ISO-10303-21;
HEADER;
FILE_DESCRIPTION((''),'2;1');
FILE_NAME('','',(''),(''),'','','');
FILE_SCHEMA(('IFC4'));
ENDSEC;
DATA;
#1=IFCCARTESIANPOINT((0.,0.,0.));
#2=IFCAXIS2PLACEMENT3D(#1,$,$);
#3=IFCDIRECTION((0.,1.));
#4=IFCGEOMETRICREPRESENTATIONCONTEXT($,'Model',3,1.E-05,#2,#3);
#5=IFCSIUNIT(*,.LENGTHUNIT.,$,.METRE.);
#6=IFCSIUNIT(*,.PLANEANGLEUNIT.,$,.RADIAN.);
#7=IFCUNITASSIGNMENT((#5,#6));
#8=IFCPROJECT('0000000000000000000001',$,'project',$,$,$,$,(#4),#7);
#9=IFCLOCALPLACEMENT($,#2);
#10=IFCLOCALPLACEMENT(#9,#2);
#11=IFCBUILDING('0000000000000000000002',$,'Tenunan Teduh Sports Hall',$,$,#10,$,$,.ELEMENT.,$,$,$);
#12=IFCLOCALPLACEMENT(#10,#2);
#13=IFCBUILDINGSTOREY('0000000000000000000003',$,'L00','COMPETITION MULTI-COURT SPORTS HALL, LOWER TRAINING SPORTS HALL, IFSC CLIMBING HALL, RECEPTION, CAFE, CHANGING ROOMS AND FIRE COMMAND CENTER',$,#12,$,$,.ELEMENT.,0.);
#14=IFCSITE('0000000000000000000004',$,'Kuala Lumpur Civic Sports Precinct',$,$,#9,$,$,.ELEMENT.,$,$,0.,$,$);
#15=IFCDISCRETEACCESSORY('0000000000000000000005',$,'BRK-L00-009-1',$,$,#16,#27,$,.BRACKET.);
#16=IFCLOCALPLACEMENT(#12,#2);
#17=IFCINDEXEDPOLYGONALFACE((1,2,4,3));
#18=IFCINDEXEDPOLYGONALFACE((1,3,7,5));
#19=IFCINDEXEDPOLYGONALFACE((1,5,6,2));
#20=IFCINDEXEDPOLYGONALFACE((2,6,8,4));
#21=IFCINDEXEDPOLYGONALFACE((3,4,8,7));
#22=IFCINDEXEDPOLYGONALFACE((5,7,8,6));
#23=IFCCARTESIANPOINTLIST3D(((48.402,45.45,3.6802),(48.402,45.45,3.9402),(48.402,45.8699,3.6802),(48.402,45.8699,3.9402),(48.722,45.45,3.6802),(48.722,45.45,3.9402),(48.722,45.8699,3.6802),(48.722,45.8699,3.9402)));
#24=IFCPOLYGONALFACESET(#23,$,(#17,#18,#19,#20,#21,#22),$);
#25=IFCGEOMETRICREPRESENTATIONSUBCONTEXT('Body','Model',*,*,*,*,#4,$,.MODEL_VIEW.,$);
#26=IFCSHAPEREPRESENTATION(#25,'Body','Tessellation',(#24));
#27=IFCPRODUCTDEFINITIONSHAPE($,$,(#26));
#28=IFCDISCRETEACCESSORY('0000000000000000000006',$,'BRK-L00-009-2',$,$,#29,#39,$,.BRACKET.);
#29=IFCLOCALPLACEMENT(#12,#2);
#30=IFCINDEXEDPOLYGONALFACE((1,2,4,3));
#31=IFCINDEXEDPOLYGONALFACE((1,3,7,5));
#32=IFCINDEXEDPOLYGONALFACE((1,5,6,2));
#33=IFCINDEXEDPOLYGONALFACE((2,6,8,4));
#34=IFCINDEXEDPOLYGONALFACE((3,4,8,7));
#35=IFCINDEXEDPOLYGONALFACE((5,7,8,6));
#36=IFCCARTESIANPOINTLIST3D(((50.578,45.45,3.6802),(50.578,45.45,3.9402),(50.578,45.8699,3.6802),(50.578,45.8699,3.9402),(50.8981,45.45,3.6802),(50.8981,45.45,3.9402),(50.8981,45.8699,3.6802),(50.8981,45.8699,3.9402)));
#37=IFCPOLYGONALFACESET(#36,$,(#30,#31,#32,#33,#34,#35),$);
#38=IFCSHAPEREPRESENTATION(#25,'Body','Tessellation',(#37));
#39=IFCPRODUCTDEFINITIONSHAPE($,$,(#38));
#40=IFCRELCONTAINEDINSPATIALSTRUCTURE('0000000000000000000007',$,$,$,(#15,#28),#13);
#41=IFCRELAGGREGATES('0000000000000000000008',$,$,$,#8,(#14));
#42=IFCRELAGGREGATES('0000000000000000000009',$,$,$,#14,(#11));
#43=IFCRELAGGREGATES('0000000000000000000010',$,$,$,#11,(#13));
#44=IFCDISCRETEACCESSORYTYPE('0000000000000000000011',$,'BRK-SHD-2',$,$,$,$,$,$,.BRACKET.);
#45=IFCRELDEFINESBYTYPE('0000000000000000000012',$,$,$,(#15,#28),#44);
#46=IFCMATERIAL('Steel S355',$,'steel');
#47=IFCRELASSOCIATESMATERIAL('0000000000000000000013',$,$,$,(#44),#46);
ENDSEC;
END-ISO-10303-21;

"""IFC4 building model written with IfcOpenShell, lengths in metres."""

from ifc_helpers import new_model, si_unit, direction, frame, origin, origin_2d, place, context, subcontext, project, spatial, rectangle, extrude, material, type_object, element, save


model = new_model("IFC4")

# Units and contexts
model_context = context("Model", 3, precision=1e-05, world=origin(), true_north=direction((0.0, 1.0)))
body_context = subcontext(model_context, "Body", "Model", "MODEL_VIEW")
ifc_project = project(units=[si_unit("LENGTHUNIT", "METRE"), si_unit("PLANEANGLEUNIT", "RADIAN")], contexts=[model_context])

# Site, building, storey
site_placement = place(None, origin())
site = spatial("IfcSite", under=ifc_project, at=site_placement, Name="Kuala Lumpur Civic Sports Precinct", CompositionType="ELEMENT", RefElevation=0.0)
building_placement = place(site_placement, origin())
building = spatial("IfcBuilding", under=site, at=building_placement, Name="Tenunan Teduh Sports Hall", CompositionType="ELEMENT")
storey_placement = place(building_placement, origin())
storey = spatial("IfcBuildingStorey", under=building, at=storey_placement, Name="L00", Description="COMPETITION MULTI-COURT SPORTS HALL, LOWER TRAINING SPORTS HALL, IFSC CLIMBING HALL, RECEPTION, CAFE, CHANGING ROOMS AND FIRE COMMAND CENTER", CompositionType="ELEMENT", Elevation=0.0)

# Discrete accessories
ifc_material_1 = material(Name="Steel S355", Category="steel")
discrete_accessory_type = type_object("IfcDiscreteAccessoryType", Name="BRK-SHD-2", PredefinedType="BRACKET", material=ifc_material_1)
for number, where, z_axis, x_axis, name in (
    (1, (48.562, 45.6599, 3.6802), (0.0, 0.0, 1.0), (1.0, 0.0, 0.0), "BRK-L00-009-1"),
    (2, (50.738, 45.6599, 3.6802), (0.0, 0.0, 1.0), (1.0, 0.0, 0.0), "BRK-L00-009-2"),
):
    element("IfcDiscreteAccessory", number, at=place(storey_placement, frame(where, z_axis=z_axis, x_axis=x_axis)), inside=storey, type_object=discrete_accessory_type, Name=name, PredefinedType="BRACKET", context=body_context, shape_type="SweptSolid", body=[
        extrude(rectangle(XDim=0.3201, YDim=0.4199, at=origin_2d()), origin(), (0.0, 0.0, 1.0), 0.26),
    ])

save(model, "model.ifc")
